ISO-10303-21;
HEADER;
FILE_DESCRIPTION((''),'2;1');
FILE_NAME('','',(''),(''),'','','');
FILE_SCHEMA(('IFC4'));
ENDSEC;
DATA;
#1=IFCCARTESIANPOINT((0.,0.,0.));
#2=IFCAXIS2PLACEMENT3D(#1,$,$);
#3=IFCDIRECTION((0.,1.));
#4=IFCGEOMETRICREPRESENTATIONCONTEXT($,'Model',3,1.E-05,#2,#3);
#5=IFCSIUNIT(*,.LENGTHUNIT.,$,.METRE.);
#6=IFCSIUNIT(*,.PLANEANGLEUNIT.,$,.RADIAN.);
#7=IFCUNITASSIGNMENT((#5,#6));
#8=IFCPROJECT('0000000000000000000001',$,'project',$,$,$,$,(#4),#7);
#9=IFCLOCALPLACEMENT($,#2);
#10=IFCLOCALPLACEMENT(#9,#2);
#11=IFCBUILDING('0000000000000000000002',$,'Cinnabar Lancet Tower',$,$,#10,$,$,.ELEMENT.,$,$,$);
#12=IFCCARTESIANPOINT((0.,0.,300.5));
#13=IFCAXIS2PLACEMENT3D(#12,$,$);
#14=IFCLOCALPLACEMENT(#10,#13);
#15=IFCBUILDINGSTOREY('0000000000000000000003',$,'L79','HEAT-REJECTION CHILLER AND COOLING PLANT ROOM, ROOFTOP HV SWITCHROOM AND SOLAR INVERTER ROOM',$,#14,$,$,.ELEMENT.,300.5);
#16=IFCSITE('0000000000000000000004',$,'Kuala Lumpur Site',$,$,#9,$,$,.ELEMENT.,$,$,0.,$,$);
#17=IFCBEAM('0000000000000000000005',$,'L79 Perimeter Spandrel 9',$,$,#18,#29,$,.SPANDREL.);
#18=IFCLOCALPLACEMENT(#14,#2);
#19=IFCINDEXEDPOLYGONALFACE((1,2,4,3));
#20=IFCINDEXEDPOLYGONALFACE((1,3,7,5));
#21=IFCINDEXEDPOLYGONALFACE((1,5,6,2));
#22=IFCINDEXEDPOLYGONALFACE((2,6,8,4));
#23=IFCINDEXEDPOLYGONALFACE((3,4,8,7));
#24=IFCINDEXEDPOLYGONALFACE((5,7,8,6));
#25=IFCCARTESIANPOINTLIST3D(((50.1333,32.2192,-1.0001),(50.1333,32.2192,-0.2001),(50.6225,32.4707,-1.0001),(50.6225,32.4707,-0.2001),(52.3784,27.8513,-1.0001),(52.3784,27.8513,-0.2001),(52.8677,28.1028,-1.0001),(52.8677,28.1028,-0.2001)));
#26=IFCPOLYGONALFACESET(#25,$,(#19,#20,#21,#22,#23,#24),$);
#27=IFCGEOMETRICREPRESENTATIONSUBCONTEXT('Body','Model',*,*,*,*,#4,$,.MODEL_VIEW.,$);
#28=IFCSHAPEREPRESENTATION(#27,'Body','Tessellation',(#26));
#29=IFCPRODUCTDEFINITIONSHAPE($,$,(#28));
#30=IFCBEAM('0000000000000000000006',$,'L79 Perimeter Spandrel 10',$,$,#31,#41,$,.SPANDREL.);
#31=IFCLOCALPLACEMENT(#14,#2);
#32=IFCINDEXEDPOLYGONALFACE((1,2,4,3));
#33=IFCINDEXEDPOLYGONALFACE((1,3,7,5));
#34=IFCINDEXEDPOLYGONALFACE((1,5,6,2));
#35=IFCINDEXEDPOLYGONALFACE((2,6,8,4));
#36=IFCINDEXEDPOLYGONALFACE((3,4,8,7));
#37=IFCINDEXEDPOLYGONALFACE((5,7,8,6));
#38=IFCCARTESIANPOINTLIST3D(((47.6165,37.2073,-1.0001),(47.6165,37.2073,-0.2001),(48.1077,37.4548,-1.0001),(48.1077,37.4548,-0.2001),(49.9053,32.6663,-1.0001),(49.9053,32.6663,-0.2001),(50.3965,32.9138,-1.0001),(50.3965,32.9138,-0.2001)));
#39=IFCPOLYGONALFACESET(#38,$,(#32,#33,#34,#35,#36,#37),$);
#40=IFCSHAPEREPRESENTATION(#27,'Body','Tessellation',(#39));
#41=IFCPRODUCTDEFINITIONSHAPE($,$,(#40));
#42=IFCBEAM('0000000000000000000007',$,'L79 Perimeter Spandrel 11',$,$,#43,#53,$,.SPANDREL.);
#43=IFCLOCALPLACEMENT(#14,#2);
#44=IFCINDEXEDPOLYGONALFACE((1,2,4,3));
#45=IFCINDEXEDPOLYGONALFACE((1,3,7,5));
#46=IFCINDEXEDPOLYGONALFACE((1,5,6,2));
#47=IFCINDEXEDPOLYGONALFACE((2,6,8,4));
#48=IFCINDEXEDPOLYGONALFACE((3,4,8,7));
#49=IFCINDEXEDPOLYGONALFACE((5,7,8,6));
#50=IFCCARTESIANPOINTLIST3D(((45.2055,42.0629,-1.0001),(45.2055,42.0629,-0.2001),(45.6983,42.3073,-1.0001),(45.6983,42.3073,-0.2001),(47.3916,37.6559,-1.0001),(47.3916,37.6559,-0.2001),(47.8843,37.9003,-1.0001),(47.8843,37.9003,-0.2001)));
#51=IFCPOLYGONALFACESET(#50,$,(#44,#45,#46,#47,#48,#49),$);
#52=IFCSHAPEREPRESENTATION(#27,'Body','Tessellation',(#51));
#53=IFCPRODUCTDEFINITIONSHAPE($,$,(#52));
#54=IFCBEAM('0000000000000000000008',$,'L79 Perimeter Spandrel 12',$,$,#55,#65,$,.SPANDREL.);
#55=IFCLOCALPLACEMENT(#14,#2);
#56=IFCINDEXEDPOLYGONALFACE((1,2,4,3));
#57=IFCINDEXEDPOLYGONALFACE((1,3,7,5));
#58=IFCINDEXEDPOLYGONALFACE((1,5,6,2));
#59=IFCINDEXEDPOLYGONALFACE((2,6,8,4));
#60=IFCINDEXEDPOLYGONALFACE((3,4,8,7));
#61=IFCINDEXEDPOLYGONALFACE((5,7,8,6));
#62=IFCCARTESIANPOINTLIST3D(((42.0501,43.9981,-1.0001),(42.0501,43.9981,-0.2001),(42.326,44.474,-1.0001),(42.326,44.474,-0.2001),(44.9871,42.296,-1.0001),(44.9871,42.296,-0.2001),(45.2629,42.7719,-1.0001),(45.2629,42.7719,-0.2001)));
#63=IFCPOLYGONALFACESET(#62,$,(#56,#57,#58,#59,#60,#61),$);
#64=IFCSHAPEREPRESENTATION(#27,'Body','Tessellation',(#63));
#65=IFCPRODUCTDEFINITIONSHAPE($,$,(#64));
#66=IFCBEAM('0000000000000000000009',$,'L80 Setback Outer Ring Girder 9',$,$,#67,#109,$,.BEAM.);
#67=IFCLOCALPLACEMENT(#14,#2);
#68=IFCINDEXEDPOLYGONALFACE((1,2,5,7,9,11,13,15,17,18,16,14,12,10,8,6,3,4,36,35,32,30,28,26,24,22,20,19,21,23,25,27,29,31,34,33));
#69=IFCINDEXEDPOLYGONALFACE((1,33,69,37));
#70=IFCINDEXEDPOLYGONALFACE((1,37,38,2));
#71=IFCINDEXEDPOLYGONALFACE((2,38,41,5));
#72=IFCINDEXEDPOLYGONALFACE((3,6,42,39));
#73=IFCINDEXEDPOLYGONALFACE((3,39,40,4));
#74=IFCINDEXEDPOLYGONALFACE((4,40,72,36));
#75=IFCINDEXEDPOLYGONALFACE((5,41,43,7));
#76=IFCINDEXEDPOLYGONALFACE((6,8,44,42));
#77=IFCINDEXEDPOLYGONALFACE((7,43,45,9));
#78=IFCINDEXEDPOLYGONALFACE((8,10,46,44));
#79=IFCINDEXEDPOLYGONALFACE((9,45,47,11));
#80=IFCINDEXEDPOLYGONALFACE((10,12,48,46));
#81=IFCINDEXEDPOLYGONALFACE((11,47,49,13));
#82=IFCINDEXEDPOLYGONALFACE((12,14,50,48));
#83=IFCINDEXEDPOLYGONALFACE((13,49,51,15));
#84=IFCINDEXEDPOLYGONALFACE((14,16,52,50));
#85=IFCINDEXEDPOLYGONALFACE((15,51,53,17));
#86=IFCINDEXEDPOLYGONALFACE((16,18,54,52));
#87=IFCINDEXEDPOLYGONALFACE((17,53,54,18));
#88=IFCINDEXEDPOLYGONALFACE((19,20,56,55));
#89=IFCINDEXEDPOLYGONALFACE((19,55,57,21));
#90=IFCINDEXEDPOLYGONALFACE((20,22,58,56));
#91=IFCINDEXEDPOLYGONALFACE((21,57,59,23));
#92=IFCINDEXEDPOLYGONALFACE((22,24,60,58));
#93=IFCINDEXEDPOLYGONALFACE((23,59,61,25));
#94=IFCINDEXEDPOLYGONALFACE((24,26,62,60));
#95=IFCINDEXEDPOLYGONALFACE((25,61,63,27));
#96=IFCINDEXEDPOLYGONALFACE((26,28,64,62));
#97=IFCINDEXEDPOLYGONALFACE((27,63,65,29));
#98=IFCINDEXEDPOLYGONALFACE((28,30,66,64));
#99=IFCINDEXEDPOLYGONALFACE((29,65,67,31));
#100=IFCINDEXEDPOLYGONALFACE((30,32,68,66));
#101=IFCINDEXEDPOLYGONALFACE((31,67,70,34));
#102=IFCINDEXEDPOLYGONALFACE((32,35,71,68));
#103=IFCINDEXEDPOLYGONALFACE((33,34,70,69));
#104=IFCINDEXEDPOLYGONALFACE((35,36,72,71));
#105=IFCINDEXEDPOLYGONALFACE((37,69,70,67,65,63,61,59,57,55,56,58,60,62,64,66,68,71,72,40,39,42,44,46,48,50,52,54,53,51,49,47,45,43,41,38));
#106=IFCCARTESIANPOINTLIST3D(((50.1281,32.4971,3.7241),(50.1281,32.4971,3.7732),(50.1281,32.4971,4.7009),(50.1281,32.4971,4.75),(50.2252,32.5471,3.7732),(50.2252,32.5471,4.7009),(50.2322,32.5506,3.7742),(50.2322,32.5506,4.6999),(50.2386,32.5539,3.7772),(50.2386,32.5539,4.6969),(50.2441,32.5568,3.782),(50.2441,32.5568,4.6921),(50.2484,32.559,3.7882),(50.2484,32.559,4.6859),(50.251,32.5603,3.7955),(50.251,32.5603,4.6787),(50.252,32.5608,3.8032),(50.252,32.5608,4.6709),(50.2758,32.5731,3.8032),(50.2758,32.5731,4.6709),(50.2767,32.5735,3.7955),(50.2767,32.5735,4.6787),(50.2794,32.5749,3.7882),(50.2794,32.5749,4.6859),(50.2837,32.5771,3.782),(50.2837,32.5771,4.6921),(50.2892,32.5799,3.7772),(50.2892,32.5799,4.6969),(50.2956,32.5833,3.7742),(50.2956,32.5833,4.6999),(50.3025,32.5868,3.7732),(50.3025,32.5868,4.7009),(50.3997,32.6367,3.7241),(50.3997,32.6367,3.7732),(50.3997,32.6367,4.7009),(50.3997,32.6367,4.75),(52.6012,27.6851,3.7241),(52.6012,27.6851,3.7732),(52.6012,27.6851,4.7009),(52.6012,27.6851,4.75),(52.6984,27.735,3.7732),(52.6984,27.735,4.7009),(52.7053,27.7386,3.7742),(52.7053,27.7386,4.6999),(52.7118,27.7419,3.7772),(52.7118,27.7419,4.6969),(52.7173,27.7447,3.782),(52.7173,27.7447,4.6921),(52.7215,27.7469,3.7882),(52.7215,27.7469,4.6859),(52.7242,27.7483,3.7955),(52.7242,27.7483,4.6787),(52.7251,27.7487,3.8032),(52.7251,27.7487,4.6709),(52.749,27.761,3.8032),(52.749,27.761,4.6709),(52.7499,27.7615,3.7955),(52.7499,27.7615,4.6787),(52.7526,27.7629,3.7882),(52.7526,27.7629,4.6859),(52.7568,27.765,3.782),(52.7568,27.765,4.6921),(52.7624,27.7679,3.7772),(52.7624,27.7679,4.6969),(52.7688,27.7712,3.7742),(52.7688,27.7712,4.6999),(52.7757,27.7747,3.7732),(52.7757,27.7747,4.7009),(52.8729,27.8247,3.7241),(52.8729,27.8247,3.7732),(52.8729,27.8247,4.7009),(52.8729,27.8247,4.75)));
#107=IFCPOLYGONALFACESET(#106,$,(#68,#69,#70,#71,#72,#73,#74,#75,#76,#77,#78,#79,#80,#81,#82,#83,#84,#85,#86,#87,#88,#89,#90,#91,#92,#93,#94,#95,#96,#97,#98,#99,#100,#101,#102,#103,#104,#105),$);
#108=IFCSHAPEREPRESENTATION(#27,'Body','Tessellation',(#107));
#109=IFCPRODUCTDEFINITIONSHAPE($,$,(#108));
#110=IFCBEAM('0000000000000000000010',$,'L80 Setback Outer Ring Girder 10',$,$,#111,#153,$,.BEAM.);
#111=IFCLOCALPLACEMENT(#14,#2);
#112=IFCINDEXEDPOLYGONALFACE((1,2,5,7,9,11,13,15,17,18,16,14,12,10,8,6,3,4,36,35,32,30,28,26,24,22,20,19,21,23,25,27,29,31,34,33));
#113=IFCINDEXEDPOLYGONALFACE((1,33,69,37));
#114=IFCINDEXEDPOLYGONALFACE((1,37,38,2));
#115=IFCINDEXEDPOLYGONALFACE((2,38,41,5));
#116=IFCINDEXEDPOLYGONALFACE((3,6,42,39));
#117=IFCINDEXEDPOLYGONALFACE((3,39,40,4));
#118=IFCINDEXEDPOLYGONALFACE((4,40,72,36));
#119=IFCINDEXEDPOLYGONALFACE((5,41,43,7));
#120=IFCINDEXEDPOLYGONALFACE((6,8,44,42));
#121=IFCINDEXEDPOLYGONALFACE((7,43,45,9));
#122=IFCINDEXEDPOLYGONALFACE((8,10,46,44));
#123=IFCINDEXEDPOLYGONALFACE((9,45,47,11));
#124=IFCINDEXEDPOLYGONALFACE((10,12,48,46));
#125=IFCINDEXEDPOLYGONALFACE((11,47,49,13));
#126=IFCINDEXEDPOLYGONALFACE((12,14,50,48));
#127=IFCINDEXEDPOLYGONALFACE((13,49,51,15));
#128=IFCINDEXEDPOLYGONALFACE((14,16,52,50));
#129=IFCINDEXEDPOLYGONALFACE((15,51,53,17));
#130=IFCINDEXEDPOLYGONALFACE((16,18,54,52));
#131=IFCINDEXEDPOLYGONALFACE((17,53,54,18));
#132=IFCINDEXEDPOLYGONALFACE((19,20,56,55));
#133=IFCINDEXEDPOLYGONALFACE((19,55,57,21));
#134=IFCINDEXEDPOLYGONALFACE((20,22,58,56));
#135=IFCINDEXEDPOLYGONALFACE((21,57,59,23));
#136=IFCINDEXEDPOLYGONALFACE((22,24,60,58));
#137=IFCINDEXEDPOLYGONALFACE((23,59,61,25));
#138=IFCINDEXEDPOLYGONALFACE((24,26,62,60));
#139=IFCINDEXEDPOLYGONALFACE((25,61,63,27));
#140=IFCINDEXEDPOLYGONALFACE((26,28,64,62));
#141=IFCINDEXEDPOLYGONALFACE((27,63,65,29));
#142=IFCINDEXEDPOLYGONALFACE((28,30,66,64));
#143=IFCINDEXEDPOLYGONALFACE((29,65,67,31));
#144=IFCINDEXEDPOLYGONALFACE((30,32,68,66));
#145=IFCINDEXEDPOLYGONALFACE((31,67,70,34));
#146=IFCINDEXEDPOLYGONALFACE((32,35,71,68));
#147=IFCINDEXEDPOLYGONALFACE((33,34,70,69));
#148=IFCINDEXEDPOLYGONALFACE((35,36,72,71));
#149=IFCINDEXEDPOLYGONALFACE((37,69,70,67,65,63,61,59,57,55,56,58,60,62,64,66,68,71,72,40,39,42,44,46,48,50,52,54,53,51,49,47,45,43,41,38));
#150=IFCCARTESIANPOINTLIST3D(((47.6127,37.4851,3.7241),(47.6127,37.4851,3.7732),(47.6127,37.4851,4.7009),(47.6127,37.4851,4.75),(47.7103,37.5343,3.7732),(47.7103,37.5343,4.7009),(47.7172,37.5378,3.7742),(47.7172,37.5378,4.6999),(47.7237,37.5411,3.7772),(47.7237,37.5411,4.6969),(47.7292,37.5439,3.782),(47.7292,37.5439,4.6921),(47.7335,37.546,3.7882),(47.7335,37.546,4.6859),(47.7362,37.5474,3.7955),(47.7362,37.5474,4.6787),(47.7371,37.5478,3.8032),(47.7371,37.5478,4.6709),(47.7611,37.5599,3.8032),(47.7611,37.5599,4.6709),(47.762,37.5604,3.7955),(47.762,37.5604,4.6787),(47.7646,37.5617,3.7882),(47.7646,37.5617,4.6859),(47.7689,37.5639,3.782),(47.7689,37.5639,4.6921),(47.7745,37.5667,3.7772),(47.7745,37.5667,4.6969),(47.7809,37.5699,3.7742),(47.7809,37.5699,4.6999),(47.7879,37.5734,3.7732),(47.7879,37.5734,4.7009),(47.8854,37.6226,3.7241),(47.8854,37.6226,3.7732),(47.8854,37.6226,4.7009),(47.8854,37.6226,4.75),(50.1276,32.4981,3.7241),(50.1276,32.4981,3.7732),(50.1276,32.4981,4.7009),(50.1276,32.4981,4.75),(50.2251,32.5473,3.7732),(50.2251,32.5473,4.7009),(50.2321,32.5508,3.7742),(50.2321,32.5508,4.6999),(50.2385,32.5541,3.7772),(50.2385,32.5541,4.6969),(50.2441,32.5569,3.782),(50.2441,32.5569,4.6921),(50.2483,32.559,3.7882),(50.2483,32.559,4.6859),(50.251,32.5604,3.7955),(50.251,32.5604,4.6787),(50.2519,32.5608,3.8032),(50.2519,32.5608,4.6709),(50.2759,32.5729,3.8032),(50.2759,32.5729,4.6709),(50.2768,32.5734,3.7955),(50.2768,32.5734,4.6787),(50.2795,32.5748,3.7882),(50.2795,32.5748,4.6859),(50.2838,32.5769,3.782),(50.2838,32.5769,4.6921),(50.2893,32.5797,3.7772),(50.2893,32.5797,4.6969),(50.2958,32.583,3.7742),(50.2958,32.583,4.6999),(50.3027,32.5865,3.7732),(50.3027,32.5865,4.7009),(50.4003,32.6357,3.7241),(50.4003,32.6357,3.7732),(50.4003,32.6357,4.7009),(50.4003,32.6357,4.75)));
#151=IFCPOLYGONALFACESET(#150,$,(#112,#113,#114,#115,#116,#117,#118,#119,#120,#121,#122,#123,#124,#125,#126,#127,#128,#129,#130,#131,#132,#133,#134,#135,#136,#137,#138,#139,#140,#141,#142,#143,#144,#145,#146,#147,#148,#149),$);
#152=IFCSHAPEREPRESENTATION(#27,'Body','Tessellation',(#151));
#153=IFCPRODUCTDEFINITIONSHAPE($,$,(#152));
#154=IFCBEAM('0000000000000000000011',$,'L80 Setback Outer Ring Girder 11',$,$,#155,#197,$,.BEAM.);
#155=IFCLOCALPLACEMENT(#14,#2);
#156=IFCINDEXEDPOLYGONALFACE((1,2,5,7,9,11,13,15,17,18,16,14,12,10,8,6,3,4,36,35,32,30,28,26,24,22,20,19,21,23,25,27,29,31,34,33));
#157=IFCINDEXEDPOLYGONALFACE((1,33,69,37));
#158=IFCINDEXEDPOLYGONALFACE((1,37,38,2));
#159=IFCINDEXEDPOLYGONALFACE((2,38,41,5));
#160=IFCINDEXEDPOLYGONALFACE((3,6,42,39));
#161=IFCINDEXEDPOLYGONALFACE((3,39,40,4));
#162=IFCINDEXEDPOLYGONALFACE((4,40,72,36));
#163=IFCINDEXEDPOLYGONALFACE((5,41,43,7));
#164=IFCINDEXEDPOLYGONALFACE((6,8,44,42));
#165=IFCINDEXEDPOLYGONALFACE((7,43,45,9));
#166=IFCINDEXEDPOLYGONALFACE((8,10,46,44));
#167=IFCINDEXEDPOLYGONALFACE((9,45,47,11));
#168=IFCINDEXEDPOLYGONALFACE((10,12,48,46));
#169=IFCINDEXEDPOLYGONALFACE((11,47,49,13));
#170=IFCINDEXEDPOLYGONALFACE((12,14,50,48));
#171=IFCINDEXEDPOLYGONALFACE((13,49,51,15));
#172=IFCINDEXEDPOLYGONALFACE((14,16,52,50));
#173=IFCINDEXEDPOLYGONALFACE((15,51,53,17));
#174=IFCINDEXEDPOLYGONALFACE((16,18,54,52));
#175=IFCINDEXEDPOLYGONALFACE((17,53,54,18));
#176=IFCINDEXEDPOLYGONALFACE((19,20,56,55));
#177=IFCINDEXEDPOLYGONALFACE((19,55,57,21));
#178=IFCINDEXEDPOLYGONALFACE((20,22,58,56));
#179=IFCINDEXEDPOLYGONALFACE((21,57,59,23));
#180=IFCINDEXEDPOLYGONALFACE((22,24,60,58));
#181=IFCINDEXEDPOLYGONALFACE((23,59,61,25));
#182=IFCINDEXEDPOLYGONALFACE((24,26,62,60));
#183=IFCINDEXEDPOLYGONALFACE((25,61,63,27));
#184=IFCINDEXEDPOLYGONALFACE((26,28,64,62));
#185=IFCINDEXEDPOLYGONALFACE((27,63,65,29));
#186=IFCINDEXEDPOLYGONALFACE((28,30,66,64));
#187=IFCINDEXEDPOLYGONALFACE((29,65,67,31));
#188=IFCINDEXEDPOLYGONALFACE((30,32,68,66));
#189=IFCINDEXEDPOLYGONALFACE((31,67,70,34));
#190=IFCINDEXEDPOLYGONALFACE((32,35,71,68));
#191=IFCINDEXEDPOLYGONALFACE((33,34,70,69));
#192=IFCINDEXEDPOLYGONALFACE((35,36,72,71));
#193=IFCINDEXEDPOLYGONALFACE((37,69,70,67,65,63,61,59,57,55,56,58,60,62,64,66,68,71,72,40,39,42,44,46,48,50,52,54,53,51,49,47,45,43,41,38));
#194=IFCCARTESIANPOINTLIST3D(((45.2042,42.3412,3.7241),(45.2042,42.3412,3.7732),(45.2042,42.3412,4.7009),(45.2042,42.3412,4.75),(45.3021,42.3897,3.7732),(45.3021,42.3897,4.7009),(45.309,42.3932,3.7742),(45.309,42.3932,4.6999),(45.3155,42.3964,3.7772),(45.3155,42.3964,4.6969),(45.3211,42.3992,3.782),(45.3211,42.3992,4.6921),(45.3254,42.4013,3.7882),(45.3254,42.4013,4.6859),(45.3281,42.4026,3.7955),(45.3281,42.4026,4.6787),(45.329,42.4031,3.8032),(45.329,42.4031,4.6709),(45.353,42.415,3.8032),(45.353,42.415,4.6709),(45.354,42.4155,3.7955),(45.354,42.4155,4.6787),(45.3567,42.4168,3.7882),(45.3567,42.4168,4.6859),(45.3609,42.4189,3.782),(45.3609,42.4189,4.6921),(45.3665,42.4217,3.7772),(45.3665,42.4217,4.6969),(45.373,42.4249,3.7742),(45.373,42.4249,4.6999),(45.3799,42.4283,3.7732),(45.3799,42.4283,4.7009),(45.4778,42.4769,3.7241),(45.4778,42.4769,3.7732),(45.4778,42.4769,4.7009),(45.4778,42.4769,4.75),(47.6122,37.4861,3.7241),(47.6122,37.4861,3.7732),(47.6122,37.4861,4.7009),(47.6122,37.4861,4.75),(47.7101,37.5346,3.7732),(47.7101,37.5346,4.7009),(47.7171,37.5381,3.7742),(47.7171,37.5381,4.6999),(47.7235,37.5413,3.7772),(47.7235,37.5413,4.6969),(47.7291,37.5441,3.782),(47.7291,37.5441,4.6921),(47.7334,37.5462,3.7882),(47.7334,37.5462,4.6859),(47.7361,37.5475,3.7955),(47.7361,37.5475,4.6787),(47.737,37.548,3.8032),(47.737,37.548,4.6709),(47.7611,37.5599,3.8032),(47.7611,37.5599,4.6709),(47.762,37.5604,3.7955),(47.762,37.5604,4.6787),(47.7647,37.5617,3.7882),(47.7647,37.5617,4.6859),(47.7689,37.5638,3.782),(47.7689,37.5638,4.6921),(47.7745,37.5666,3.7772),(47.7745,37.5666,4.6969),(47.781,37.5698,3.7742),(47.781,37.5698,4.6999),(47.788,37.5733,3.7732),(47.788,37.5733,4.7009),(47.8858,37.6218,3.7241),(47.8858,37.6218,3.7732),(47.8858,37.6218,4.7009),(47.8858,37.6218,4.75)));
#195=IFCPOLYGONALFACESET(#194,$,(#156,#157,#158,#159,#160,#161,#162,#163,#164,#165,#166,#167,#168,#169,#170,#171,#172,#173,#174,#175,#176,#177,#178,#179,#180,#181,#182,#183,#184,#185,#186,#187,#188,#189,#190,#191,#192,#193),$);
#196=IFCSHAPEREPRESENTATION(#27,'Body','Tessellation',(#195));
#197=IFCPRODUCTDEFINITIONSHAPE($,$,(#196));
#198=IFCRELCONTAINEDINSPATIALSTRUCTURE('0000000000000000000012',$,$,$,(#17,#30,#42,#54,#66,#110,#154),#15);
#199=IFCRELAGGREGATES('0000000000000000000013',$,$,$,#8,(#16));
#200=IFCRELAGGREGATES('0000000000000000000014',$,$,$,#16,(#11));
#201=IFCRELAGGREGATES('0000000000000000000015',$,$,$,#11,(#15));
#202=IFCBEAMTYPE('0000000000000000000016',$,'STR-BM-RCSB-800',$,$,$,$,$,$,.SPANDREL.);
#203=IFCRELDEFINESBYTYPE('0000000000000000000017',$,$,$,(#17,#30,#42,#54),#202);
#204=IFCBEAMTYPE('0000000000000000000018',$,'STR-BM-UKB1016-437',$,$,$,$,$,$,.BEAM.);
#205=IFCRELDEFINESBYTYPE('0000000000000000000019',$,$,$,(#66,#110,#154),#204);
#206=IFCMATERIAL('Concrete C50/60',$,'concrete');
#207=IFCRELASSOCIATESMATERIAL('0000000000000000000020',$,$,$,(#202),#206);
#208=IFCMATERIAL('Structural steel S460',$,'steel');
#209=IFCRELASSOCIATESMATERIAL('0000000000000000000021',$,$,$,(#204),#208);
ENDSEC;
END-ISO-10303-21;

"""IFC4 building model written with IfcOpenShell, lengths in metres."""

from ifc_helpers import new_model, si_unit, direction, frame, origin, origin_2d, place, context, subcontext, project, spatial, rectangle, i_section, extrude, material, material_profile, profile_set, type_object, element, save


model = new_model("IFC4")

# Units and contexts
model_context = context("Model", 3, precision=1e-05, world=origin(), true_north=direction((0.0, 1.0)))
body_context = subcontext(model_context, "Body", "Model", "MODEL_VIEW")
ifc_project = project(units=[si_unit("LENGTHUNIT", "METRE"), si_unit("PLANEANGLEUNIT", "RADIAN")], contexts=[model_context])

# Site, building, storey
site_placement = place(None, origin())
site = spatial("IfcSite", under=ifc_project, at=site_placement, Name="Kuala Lumpur Site", CompositionType="ELEMENT", RefElevation=0.0)
building_placement = place(site_placement, origin())
building = spatial("IfcBuilding", under=site, at=building_placement, Name="Cinnabar Lancet Tower", CompositionType="ELEMENT")
storey_placement = place(building_placement, frame((0.0, 0.0, 300.5)))
storey = spatial("IfcBuildingStorey", under=building, at=storey_placement, Name="L79", Description="HEAT-REJECTION CHILLER AND COOLING PLANT ROOM, ROOFTOP HV SWITCHROOM AND SOLAR INVERTER ROOM", CompositionType="ELEMENT", Elevation=300.5)

# Beams
ifc_material_1 = material(Name="Concrete C50/60", Category="concrete")
ifc_material_profile_1 = material_profile(ifc_material_1, rectangle(XDim=0.55, YDim=0.8, at=origin_2d()), Name="RC-SB 550x800")
ifc_profile_set_1 = profile_set([ifc_material_profile_1], Name="Concrete C50/60")
beam_type_1 = type_object("IfcBeamType", Name="STR-BM-RCSB-800", PredefinedType="SPANDREL", material=ifc_profile_set_1)
beam_1_placement = place(storey_placement, frame((52.623, 27.9771, -0.6001), z_axis=(-0.457148, 0.889391, 0.0), x_axis=(-0.889391, -0.457148, 0.0)))
element("IfcBeam", 1, at=beam_1_placement, inside=storey, type_object=beam_type_1, Name="L79 Perimeter Spandrel 9", PredefinedType="SPANDREL", context=body_context, shape_type="SweptSolid", body=[
    extrude(rectangle(XDim=0.55, YDim=0.8, at=origin_2d()), origin(), (0.0, 0.0, 1.0), 4.9111),
])
beam_2_placement = place(storey_placement, frame((50.1509, 32.79, -0.6001), z_axis=(-0.450092, 0.892982, 0.0), x_axis=(-0.892982, -0.450092, 0.0)))
element("IfcBeam", 2, at=beam_2_placement, inside=storey, type_object=beam_type_1, Name="L79 Perimeter Spandrel 10", PredefinedType="SPANDREL", context=body_context, shape_type="SweptSolid", body=[
    extrude(rectangle(XDim=0.55, YDim=0.8, at=origin_2d()), origin(), (0.0, 0.0, 1.0), 5.0852),
])
beam_3_placement = place(storey_placement, frame((47.6379, 37.7781, -0.6001), z_axis=(-0.444373, 0.895842, 0.0), x_axis=(-0.895842, -0.444373, 0.0)))
element("IfcBeam", 3, at=beam_3_placement, inside=storey, type_object=beam_type_1, Name="L79 Perimeter Spandrel 11", PredefinedType="SPANDREL", context=body_context, shape_type="SweptSolid", body=[
    extrude(rectangle(XDim=0.55, YDim=0.8, at=origin_2d()), origin(), (0.0, 0.0, 1.0), 4.9194),
])
beam_4_placement = place(storey_placement, frame((45.125, 42.5339, -0.6001), z_axis=(-0.8652, 0.501427, 0.0), x_axis=(-0.501427, -0.8652, 0.0)))
element("IfcBeam", 4, at=beam_4_placement, inside=storey, type_object=beam_type_1, Name="L79 Perimeter Spandrel 12", PredefinedType="SPANDREL", context=body_context, shape_type="SweptSolid", body=[
    extrude(rectangle(XDim=0.55, YDim=0.8, at=origin_2d()), origin(), (0.0, 0.0, 1.0), 3.3945),
])
ifc_material_2 = material(Name="Structural steel S460", Category="steel")
ifc_material_profile_2 = material_profile(ifc_material_2, i_section(OverallWidth=0.3054, OverallDepth=1.0259, WebThickness=0.0269, FlangeThickness=0.0491, FilletRadius=0.03, at=origin_2d()), Name="UKB 1016x305x437")
ifc_profile_set_2 = profile_set([ifc_material_profile_2], Name="Structural steel S460")
beam_type_2 = type_object("IfcBeamType", Name="STR-BM-UKB1016-437", PredefinedType="BEAM", material=ifc_profile_set_2)
beam_5_placement = place(storey_placement, frame((52.7371, 27.7549, 4.2371), z_axis=(-0.457113, 0.889408, 0.0), x_axis=(-0.889408, -0.457113, 0.0)))
element("IfcBeam", 5, at=beam_5_placement, inside=storey, type_object=beam_type_2, Name="L80 Setback Outer Ring Girder 9", PredefinedType="BEAM", context=body_context, shape_type="SweptSolid", body=[
    extrude(i_section(OverallWidth=0.3054, OverallDepth=1.0259, WebThickness=0.0269, FlangeThickness=0.0491, FilletRadius=0.03, at=origin_2d()), origin(), (0.0, 0.0, 1.0), 5.4104),
])
beam_6_placement = place(storey_placement, frame((50.2639, 32.5669, 4.2371), z_axis=(-0.450271, 0.892892, 0.0), x_axis=(-0.892892, -0.450271, 0.0)))
element("IfcBeam", 6, at=beam_6_placement, inside=storey, type_object=beam_type_2, Name="L80 Setback Outer Ring Girder 10", PredefinedType="BEAM", context=body_context, shape_type="SweptSolid", body=[
    extrude(i_section(OverallWidth=0.3054, OverallDepth=1.0259, WebThickness=0.0269, FlangeThickness=0.0491, FilletRadius=0.03, at=origin_2d()), origin(), (0.0, 0.0, 1.0), 5.5852),
])
beam_7_placement = place(storey_placement, frame((47.749, 37.554, 4.2371), z_axis=(-0.444328, 0.895864, 0.0), x_axis=(-0.895864, -0.444328, 0.0)))
element("IfcBeam", 7, at=beam_7_placement, inside=storey, type_object=beam_type_2, Name="L80 Setback Outer Ring Girder 11", PredefinedType="BEAM", context=body_context, shape_type="SweptSolid", body=[
    extrude(i_section(OverallWidth=0.3054, OverallDepth=1.0259, WebThickness=0.0269, FlangeThickness=0.0491, FilletRadius=0.03, at=origin_2d()), origin(), (0.0, 0.0, 1.0), 5.4194),
])

save(model, "model.ifc")
